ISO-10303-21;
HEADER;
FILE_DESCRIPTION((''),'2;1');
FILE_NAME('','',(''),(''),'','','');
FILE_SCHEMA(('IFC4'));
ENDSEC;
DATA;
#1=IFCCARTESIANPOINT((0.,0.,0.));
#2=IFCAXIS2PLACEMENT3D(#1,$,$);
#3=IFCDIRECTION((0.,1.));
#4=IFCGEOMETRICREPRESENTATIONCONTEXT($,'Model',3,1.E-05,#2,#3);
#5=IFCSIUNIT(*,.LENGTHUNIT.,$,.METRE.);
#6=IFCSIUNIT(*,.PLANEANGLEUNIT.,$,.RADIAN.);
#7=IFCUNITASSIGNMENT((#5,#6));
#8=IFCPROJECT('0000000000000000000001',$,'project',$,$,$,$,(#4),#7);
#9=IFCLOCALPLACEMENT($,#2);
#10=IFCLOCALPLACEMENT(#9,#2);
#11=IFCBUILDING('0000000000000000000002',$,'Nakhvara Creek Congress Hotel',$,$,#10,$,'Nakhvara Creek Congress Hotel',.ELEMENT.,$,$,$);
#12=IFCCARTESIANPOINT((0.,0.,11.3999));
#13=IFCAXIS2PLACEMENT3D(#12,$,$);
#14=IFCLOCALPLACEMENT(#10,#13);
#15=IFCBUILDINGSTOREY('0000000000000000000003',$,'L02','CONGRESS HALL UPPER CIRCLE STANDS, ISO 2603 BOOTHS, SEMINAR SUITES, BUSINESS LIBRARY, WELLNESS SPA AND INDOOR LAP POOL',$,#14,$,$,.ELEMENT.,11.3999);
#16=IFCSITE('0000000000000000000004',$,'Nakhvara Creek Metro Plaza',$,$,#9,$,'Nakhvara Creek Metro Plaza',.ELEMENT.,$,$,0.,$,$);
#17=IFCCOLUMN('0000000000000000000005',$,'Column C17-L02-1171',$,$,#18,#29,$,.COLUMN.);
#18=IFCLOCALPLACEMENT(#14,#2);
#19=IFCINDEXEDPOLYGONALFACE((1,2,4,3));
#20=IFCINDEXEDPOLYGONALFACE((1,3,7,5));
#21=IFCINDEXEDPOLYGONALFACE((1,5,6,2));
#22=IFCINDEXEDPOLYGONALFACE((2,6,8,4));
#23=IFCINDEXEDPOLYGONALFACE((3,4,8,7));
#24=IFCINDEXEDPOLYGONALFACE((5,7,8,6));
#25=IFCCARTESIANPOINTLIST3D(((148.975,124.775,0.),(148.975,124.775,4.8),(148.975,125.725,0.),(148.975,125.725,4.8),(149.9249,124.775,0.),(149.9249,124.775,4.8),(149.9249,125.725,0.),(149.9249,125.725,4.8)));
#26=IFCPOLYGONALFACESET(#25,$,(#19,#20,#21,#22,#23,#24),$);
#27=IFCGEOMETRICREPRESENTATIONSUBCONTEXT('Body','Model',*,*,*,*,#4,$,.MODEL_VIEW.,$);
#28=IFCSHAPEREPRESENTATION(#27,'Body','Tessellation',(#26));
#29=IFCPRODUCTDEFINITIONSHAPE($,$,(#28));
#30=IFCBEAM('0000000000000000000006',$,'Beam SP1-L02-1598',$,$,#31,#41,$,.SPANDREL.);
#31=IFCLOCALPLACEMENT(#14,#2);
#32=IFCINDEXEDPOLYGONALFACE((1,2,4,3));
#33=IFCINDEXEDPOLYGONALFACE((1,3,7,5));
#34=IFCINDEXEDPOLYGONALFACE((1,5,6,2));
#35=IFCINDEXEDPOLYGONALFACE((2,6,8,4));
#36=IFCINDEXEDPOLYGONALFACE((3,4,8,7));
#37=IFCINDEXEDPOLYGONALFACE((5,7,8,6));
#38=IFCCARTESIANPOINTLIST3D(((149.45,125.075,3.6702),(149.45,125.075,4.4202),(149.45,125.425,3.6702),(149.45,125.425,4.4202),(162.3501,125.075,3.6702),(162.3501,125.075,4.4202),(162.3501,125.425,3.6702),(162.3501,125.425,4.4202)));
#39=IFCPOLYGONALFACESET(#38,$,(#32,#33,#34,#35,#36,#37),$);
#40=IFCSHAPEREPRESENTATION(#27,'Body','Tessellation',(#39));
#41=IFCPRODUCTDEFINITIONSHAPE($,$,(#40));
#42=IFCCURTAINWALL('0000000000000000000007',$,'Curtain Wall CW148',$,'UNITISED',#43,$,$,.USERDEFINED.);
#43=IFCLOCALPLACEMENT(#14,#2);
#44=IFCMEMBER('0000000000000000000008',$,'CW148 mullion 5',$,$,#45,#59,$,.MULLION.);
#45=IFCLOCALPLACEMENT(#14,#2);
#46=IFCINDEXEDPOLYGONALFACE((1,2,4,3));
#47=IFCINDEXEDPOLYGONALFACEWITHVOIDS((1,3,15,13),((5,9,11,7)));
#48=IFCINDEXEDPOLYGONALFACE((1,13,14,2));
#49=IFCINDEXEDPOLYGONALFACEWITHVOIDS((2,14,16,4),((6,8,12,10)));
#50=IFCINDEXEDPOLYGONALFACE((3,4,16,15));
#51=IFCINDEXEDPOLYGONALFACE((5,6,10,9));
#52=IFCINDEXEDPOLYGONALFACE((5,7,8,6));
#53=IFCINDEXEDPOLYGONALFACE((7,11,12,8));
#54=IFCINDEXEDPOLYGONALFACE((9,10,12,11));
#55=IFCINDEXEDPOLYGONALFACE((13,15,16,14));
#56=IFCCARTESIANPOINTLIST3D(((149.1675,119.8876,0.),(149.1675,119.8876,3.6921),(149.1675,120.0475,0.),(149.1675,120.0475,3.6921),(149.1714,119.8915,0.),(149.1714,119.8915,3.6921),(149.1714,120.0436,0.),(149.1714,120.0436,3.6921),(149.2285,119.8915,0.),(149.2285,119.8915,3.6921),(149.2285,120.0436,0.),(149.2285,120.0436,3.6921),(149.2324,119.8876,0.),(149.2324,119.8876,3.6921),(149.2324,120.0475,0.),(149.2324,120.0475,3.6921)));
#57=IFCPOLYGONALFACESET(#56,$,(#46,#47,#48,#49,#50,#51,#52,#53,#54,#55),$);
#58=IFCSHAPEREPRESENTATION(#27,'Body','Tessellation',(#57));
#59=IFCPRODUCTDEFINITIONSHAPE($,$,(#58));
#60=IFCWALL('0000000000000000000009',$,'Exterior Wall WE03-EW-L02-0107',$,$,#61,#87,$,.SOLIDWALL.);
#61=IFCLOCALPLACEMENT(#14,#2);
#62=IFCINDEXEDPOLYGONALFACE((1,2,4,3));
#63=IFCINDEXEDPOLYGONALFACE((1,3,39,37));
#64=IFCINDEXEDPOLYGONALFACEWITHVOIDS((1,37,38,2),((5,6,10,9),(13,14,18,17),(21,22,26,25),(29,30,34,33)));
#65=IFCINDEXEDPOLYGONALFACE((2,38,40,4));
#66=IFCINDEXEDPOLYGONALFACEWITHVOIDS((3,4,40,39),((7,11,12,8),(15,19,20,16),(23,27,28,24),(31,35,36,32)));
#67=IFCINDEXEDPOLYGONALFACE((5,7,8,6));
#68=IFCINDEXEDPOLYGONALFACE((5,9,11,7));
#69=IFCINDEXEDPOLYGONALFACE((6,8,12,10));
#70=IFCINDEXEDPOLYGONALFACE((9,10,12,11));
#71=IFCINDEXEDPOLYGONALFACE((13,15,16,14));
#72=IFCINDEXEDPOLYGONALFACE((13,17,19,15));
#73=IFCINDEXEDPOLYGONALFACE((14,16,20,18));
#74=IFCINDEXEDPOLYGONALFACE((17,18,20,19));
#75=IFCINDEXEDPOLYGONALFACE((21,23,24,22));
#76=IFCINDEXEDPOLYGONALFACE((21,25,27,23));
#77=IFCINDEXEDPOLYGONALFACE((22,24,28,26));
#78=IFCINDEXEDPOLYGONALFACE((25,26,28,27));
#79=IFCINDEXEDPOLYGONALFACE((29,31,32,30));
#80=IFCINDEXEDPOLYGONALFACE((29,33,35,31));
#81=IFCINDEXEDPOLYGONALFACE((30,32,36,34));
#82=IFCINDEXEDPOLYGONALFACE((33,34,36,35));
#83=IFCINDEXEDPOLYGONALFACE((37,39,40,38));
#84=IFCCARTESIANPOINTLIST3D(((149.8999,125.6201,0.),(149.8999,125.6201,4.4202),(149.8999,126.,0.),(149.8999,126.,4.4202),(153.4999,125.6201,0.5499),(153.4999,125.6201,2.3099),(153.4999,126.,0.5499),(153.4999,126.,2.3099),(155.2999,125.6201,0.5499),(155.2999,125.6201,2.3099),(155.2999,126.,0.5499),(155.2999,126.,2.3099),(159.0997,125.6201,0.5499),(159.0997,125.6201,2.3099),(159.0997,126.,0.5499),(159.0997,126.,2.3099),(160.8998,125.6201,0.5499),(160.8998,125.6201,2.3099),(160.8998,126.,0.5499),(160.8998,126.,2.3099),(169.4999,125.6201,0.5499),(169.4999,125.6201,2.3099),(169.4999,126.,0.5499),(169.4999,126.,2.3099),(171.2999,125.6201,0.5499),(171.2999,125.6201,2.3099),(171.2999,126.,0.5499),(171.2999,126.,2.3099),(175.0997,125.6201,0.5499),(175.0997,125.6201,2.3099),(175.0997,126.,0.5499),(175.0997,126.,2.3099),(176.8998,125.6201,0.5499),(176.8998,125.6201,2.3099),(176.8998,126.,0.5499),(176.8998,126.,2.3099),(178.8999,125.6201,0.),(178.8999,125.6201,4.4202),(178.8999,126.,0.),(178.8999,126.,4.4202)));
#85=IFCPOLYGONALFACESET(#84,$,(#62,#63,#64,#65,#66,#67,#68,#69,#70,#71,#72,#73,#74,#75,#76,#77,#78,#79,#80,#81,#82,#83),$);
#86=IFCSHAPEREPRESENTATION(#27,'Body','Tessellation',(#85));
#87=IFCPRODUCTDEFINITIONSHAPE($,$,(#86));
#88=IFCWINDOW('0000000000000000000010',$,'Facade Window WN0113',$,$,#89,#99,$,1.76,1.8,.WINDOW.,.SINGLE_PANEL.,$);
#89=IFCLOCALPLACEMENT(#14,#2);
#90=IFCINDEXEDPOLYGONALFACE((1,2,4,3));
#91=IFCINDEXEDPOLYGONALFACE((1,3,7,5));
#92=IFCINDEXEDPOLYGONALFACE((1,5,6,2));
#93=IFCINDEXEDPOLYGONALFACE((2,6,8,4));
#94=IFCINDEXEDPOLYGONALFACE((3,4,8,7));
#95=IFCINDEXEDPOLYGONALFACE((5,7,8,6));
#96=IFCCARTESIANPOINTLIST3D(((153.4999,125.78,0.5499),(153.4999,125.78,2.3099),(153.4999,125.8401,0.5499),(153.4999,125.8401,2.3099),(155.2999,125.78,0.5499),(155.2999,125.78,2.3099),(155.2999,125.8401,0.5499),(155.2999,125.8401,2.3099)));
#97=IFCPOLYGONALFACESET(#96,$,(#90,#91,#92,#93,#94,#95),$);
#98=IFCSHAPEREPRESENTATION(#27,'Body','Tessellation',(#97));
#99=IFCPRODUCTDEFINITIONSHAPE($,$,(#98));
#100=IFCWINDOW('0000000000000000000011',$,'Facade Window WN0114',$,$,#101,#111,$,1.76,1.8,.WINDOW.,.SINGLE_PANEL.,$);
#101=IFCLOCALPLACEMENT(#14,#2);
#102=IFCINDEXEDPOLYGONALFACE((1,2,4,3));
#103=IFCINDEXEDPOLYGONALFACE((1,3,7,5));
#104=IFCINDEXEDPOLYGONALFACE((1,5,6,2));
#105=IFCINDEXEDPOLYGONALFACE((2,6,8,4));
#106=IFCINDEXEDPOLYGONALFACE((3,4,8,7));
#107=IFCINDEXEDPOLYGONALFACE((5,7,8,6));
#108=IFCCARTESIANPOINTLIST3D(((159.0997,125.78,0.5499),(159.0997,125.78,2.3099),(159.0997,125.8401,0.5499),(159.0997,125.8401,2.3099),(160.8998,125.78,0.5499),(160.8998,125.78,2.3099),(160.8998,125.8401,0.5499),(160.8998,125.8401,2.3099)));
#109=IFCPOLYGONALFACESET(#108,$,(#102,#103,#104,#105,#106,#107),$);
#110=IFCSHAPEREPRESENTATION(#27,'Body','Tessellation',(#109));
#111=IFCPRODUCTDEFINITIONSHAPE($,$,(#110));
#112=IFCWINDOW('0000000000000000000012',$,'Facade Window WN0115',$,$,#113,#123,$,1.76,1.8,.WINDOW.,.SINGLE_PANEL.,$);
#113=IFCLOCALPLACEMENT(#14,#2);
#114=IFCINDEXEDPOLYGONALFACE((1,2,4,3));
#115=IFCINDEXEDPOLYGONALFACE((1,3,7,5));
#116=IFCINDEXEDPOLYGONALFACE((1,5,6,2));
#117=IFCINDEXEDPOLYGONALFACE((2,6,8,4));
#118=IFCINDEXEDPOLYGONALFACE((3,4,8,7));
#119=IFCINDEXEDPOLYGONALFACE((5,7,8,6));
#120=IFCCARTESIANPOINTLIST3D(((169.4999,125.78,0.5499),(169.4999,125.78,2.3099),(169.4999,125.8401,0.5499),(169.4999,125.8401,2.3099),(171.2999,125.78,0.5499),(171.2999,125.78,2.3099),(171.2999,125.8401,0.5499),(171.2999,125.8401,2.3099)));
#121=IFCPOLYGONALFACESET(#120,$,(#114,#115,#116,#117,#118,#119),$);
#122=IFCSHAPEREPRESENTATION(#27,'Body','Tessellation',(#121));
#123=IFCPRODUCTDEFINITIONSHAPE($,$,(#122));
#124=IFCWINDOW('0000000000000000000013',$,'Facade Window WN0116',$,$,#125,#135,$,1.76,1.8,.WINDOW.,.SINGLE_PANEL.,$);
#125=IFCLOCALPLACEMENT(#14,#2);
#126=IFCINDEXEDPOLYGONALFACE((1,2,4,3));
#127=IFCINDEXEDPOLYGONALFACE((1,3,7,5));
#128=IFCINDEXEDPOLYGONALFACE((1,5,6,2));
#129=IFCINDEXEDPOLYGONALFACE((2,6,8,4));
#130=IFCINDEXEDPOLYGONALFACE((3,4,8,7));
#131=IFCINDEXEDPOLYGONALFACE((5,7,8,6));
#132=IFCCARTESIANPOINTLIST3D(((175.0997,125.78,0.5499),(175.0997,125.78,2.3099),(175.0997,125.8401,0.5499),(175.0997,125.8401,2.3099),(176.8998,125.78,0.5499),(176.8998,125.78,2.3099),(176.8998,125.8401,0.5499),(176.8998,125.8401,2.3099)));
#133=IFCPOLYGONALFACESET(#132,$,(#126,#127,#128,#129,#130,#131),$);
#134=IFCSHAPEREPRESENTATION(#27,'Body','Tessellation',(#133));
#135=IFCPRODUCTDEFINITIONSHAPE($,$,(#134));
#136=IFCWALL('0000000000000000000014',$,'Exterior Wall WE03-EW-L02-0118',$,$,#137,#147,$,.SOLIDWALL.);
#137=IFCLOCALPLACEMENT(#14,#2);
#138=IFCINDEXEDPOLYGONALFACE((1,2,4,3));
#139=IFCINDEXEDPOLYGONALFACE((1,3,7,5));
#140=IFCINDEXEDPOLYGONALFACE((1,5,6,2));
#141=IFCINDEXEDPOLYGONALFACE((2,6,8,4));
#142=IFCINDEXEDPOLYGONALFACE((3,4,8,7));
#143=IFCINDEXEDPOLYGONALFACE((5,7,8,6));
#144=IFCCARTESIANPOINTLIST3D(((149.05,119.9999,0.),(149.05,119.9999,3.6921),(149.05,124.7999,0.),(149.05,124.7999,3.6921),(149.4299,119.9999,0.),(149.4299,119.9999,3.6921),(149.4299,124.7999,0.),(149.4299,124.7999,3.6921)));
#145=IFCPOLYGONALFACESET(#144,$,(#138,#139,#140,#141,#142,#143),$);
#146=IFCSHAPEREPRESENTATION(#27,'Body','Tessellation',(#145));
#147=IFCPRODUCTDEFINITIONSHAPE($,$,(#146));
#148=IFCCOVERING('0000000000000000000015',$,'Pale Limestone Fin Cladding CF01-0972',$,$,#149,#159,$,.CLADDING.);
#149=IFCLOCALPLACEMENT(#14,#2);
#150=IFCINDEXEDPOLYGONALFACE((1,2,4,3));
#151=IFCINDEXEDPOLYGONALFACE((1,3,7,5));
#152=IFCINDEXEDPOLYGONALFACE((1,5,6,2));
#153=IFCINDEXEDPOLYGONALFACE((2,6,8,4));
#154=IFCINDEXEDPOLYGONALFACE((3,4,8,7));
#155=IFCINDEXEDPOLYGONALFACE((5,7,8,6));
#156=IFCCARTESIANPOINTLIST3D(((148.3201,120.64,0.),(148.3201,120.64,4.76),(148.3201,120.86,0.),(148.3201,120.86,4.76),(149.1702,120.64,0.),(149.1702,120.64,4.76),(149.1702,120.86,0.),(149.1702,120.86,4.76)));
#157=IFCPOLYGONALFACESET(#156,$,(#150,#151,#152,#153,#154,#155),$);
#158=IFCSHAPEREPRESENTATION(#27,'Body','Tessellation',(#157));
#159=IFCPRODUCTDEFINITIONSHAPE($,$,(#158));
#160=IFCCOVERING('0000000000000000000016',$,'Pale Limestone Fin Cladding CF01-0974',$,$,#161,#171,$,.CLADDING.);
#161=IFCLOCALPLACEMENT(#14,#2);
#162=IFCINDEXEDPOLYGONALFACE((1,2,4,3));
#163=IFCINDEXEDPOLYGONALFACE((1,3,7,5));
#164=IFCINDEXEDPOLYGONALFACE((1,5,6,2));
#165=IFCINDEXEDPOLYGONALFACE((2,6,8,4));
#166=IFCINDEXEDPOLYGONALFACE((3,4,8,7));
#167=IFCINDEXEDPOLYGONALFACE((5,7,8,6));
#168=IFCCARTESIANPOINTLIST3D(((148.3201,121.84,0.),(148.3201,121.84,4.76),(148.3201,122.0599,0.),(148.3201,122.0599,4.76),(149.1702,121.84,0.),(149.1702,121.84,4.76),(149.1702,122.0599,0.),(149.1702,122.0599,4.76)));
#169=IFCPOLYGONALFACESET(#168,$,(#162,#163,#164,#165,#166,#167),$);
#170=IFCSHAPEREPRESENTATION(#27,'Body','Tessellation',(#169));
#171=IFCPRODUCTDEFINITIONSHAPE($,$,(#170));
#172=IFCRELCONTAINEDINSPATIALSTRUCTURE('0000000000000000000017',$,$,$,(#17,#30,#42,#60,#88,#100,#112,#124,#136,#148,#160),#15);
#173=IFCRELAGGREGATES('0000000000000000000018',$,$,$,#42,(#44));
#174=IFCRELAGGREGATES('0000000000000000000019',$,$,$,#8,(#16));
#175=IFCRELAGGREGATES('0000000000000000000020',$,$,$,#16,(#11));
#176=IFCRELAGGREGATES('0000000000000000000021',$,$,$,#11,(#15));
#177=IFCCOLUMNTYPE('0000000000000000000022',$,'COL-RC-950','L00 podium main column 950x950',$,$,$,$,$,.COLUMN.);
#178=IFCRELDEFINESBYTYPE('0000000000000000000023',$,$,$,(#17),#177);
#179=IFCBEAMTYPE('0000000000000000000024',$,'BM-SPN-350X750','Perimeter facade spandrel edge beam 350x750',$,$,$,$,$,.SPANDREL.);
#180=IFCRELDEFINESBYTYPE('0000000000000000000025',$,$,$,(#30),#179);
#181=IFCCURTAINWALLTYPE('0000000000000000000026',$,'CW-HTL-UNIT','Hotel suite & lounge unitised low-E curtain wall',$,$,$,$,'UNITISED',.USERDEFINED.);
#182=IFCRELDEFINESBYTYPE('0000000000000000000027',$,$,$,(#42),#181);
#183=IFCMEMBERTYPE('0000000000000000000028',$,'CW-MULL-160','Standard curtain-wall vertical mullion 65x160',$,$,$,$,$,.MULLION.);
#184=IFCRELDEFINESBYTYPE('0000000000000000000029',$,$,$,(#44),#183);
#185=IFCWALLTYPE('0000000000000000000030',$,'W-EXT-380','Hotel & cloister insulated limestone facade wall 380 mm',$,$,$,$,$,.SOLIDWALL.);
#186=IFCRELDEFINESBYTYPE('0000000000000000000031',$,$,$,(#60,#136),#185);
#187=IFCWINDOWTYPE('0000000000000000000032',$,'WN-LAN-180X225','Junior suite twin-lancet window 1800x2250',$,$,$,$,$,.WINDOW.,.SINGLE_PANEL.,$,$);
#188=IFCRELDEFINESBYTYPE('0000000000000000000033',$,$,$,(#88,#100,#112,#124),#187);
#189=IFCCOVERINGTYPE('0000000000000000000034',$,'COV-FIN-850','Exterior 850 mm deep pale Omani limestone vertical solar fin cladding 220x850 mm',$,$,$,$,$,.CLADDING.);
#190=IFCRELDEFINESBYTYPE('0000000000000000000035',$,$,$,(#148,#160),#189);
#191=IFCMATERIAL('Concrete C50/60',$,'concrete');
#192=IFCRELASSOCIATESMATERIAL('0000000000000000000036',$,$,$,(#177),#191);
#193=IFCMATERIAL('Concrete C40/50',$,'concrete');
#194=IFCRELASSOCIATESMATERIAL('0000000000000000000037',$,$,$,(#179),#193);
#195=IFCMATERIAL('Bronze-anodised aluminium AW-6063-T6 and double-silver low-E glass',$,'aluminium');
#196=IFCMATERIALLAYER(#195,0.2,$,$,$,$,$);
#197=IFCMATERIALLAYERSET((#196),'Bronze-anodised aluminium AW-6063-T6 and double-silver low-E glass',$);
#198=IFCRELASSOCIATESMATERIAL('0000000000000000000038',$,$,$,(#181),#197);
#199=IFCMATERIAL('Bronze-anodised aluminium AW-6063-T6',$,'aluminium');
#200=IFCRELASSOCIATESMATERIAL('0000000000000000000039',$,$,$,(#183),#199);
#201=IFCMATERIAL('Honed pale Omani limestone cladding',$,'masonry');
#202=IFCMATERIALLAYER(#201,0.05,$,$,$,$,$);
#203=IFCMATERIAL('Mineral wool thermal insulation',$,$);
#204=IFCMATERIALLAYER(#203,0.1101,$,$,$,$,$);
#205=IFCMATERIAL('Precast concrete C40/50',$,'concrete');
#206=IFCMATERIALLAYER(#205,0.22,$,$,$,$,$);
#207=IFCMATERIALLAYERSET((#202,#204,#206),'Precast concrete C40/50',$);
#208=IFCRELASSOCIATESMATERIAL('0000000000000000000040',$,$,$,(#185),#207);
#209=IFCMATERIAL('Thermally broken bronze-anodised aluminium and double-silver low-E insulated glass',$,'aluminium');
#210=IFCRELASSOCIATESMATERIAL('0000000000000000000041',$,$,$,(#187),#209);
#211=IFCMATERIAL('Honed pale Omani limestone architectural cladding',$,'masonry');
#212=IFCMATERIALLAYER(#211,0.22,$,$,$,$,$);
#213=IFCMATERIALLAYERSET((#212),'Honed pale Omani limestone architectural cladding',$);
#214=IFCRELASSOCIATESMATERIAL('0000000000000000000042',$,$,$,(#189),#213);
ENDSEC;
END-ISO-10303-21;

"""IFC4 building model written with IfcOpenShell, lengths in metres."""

from ifc_helpers import new_model, si_unit, direction, frame, frame_2d, origin, origin_2d, place, context, subcontext, project, spatial, rectangle, hollow_rectangle, extrude, material, layer, layer_set, material_profile, profile_set, type_object, element, fill, aggregate, save


model = new_model("IFC4")

# Units and contexts
model_context = context("Model", 3, precision=1e-05, world=origin(), true_north=direction((0.0, 1.0)))
body_context = subcontext(model_context, "Body", "Model", "MODEL_VIEW")
ifc_project = project(units=[si_unit("LENGTHUNIT", "METRE"), si_unit("PLANEANGLEUNIT", "RADIAN")], contexts=[model_context])

# Site, building, storey
site_placement = place(None, origin())
site = spatial("IfcSite", under=ifc_project, at=site_placement, Name="Nakhvara Creek Metro Plaza", LongName="Nakhvara Creek Metro Plaza", CompositionType="ELEMENT", RefElevation=0.0)
building_placement = place(site_placement, origin())
building = spatial("IfcBuilding", under=site, at=building_placement, Name="Nakhvara Creek Congress Hotel", LongName="Nakhvara Creek Congress Hotel", CompositionType="ELEMENT")
storey_placement = place(building_placement, frame((0.0, 0.0, 11.3999)))
storey = spatial("IfcBuildingStorey", under=building, at=storey_placement, Name="L02", Description="CONGRESS HALL UPPER CIRCLE STANDS, ISO 2603 BOOTHS, SEMINAR SUITES, BUSINESS LIBRARY, WELLNESS SPA AND INDOOR LAP POOL", CompositionType="ELEMENT", Elevation=11.3999)

# Column
ifc_material_1 = material(Name="Concrete C50/60", Category="concrete")
ifc_material_profile_1 = material_profile(ifc_material_1, rectangle(XDim=0.95, YDim=0.95, at=origin_2d()), Name="RC-COL 950x950", Category="LoadBearing")
ifc_profile_set_1 = profile_set([ifc_material_profile_1], Name="Concrete C50/60")
column_type = type_object("IfcColumnType", Name="COL-RC-950", Description="L00 podium main column 950x950", PredefinedType="COLUMN", material=ifc_profile_set_1)
column_placement = place(storey_placement, frame((149.45, 125.25, 0.0), z_axis=(0.0, 0.0, 1.0), x_axis=(1.0, 0.0, 0.0)))
element("IfcColumn", 1, at=column_placement, inside=storey, type_object=column_type, Name="Column C17-L02-1171", PredefinedType="COLUMN", context=body_context, shape_type="SweptSolid", body=[
    extrude(rectangle(XDim=0.95, YDim=0.95, at=origin_2d()), origin(), (0.0, 0.0, 1.0), 4.8),
])

# Beam
ifc_material_2 = material(Name="Concrete C40/50", Category="concrete")
ifc_material_profile_2 = material_profile(ifc_material_2, rectangle(XDim=0.3501, YDim=0.75, at=origin_2d()), Name="RC-SPANDREL 350x750", Category="LoadBearing")
ifc_profile_set_2 = profile_set([ifc_material_profile_2], Name="Concrete C40/50")
beam_type = type_object("IfcBeamType", Name="BM-SPN-350X750", Description="Perimeter facade spandrel edge beam 350x750", PredefinedType="SPANDREL", material=ifc_profile_set_2)
beam_placement = place(storey_placement, frame((149.45, 125.25, 4.0452), z_axis=(1.0, 0.0, 0.0), x_axis=(0.0, 1.0, 0.0)))
element("IfcBeam", 2, at=beam_placement, inside=storey, type_object=beam_type, Name="Beam SP1-L02-1598", PredefinedType="SPANDREL", context=body_context, shape_type="SweptSolid", body=[
    extrude(rectangle(XDim=0.3501, YDim=0.75, at=origin_2d()), origin(), (0.0, 0.0, 1.0), 12.9001),
])

# Curtain wall, member
ifc_material_3 = material(Name="Bronze-anodised aluminium AW-6063-T6 and double-silver low-E glass", Category="aluminium")
ifc_layer_1 = layer(ifc_material_3, 0.2)
ifc_layer_set_1 = layer_set([ifc_layer_1], Name="Bronze-anodised aluminium AW-6063-T6 and double-silver low-E glass")
curtain_wall_type = type_object("IfcCurtainWallType", Name="CW-HTL-UNIT", Description="Hotel suite & lounge unitised low-E curtain wall", ElementType="UNITISED", PredefinedType="USERDEFINED", material=ifc_layer_set_1)
curtain_wall_placement = place(storey_placement, origin())
curtain_wall = element("IfcCurtainWall", 3, at=curtain_wall_placement, inside=storey, type_object=curtain_wall_type, Name="Curtain Wall CW148", ObjectType="UNITISED", PredefinedType="USERDEFINED")
ifc_material_4 = material(Name="Bronze-anodised aluminium AW-6063-T6", Category="aluminium")
ifc_material_profile_3 = material_profile(ifc_material_4, hollow_rectangle(XDim=0.0649, YDim=0.1599, WallThickness=0.0039, at=origin_2d()), Name="ALU-MULL 65x160x4", Category="LoadBearing")
ifc_profile_set_3 = profile_set([ifc_material_profile_3], Name="Bronze-anodised aluminium AW-6063-T6")
member_type = type_object("IfcMemberType", Name="CW-MULL-160", Description="Standard curtain-wall vertical mullion 65x160", PredefinedType="MULLION", material=ifc_profile_set_3)
member_placement = place(storey_placement, frame((149.2, 119.9675, 0.0), z_axis=(0.0, 0.0, 1.0), x_axis=(-1.0, 0.0, 0.0)))
member = element("IfcMember", 4, at=member_placement, type_object=member_type, Name="CW148 mullion 5", PredefinedType="MULLION", context=body_context, shape_type="SweptSolid", body=[
    extrude(hollow_rectangle(XDim=0.0649, YDim=0.1599, WallThickness=0.0039, at=origin_2d()), origin(), (0.0, 0.0, 1.0), 3.6921),
])
aggregate(curtain_wall, [member])

# Wall, openings, windows
ifc_material_5 = material(Name="Honed pale Omani limestone cladding", Category="masonry")
ifc_layer_2 = layer(ifc_material_5, 0.05)
ifc_material_6 = material(Name="Mineral wool thermal insulation")
ifc_layer_3 = layer(ifc_material_6, 0.1101)
ifc_material_7 = material(Name="Precast concrete C40/50", Category="concrete")
ifc_layer_4 = layer(ifc_material_7, 0.22)
ifc_layer_set_2 = layer_set([ifc_layer_2, ifc_layer_3, ifc_layer_4], Name="Precast concrete C40/50")
wall_type = type_object("IfcWallType", Name="W-EXT-380", Description="Hotel & cloister insulated limestone facade wall 380 mm", PredefinedType="SOLIDWALL", material=ifc_layer_set_2)
wall_1_placement = place(storey_placement, frame((149.8999, 125.8101, 0.0), z_axis=(0.0, 0.0, 1.0), x_axis=(1.0, 0.0, 0.0)))
wall_1 = element("IfcWall", 5, at=wall_1_placement, inside=storey, type_object=wall_type, Name="Exterior Wall WE03-EW-L02-0107", PredefinedType="SOLIDWALL", context=body_context, shape_type="SweptSolid", body=[
    extrude(rectangle(XDim=29.0, YDim=0.3799, at=frame_2d((14.5, 0.0))), origin(), (0.0, 0.0, 1.0), 4.4202),
])
opening_1_placement = place(wall_1_placement, frame((3.6001, 0.0, 0.55)))
opening_1 = element("IfcOpeningElement", 6, at=opening_1_placement, cuts=wall_1, PredefinedType="OPENING", context=body_context, shape_type="SweptSolid", body=[
    extrude(rectangle(XDim=1.8, YDim=1.76, at=frame_2d((0.8999, 0.8799))), frame((0.0, 0.2019, 0.0), z_axis=(0.0, -1.0, 0.0), x_axis=(1.0, 0.0, 0.0)), (0.0, 0.0, 1.0), 0.4038),
])
opening_2_placement = place(wall_1_placement, frame((9.2, 0.0, 0.55)))
opening_2 = element("IfcOpeningElement", 7, at=opening_2_placement, cuts=wall_1, PredefinedType="OPENING", context=body_context, shape_type="SweptSolid", body=[
    extrude(rectangle(XDim=1.8, YDim=1.76, at=frame_2d((0.8999, 0.8799))), frame((0.0, 0.2019, 0.0), z_axis=(0.0, -1.0, 0.0), x_axis=(1.0, 0.0, 0.0)), (0.0, 0.0, 1.0), 0.4038),
])
opening_3_placement = place(wall_1_placement, frame((19.6001, 0.0, 0.55)))
opening_3 = element("IfcOpeningElement", 8, at=opening_3_placement, cuts=wall_1, PredefinedType="OPENING", context=body_context, shape_type="SweptSolid", body=[
    extrude(rectangle(XDim=1.8, YDim=1.76, at=frame_2d((0.8999, 0.8799))), frame((0.0, 0.2019, 0.0), z_axis=(0.0, -1.0, 0.0), x_axis=(1.0, 0.0, 0.0)), (0.0, 0.0, 1.0), 0.4038),
])
opening_4_placement = place(wall_1_placement, frame((25.2, 0.0, 0.55)))
opening_4 = element("IfcOpeningElement", 9, at=opening_4_placement, cuts=wall_1, PredefinedType="OPENING", context=body_context, shape_type="SweptSolid", body=[
    extrude(rectangle(XDim=1.8, YDim=1.76, at=frame_2d((0.8999, 0.8799))), frame((0.0, 0.2019, 0.0), z_axis=(0.0, -1.0, 0.0), x_axis=(1.0, 0.0, 0.0)), (0.0, 0.0, 1.0), 0.4038),
])
ifc_material_8 = material(Name="Thermally broken bronze-anodised aluminium and double-silver low-E insulated glass", Category="aluminium")
window_type = type_object("IfcWindowType", Name="WN-LAN-180X225", Description="Junior suite twin-lancet window 1800x2250", PartitioningType="SINGLE_PANEL", PredefinedType="WINDOW", material=ifc_material_8)
window_1_placement = place(opening_1_placement, origin())
window_1 = element("IfcWindow", 10, at=window_1_placement, inside=storey, type_object=window_type, Name="Facade Window WN0113", OverallHeight=1.76, OverallWidth=1.8, PartitioningType="SINGLE_PANEL", PredefinedType="WINDOW", context=body_context, shape_type="SweptSolid", body=[
    extrude(rectangle(XDim=1.8, YDim=1.76, at=frame_2d((0.8999, 0.8799))), frame((0.0, 0.03, 0.0), z_axis=(0.0, -1.0, 0.0), x_axis=(1.0, 0.0, 0.0)), (0.0, 0.0, 1.0), 0.0601),
])
fill(opening_1, window_1)
window_2_placement = place(opening_2_placement, origin())
window_2 = element("IfcWindow", 11, at=window_2_placement, inside=storey, type_object=window_type, Name="Facade Window WN0114", OverallHeight=1.76, OverallWidth=1.8, PartitioningType="SINGLE_PANEL", PredefinedType="WINDOW", context=body_context, shape_type="SweptSolid", body=[
    extrude(rectangle(XDim=1.8, YDim=1.76, at=frame_2d((0.8999, 0.8799))), frame((0.0, 0.03, 0.0), z_axis=(0.0, -1.0, 0.0), x_axis=(1.0, 0.0, 0.0)), (0.0, 0.0, 1.0), 0.0601),
])
fill(opening_2, window_2)
window_3_placement = place(opening_3_placement, origin())
window_3 = element("IfcWindow", 12, at=window_3_placement, inside=storey, type_object=window_type, Name="Facade Window WN0115", OverallHeight=1.76, OverallWidth=1.8, PartitioningType="SINGLE_PANEL", PredefinedType="WINDOW", context=body_context, shape_type="SweptSolid", body=[
    extrude(rectangle(XDim=1.8, YDim=1.76, at=frame_2d((0.8999, 0.8799))), frame((0.0, 0.03, 0.0), z_axis=(0.0, -1.0, 0.0), x_axis=(1.0, 0.0, 0.0)), (0.0, 0.0, 1.0), 0.0601),
])
fill(opening_3, window_3)
window_4_placement = place(opening_4_placement, origin())
window_4 = element("IfcWindow", 13, at=window_4_placement, inside=storey, type_object=window_type, Name="Facade Window WN0116", OverallHeight=1.76, OverallWidth=1.8, PartitioningType="SINGLE_PANEL", PredefinedType="WINDOW", context=body_context, shape_type="SweptSolid", body=[
    extrude(rectangle(XDim=1.8, YDim=1.76, at=frame_2d((0.8999, 0.8799))), frame((0.0, 0.03, 0.0), z_axis=(0.0, -1.0, 0.0), x_axis=(1.0, 0.0, 0.0)), (0.0, 0.0, 1.0), 0.0601),
])
fill(opening_4, window_4)

# Wall
wall_2_placement = place(storey_placement, frame((149.24, 120.0, 0.0), z_axis=(0.0, 0.0, 1.0), x_axis=(0.0, 1.0, 0.0)))
element("IfcWall", 14, at=wall_2_placement, inside=storey, type_object=wall_type, Name="Exterior Wall WE03-EW-L02-0118", PredefinedType="SOLIDWALL", context=body_context, shape_type="SweptSolid", body=[
    extrude(rectangle(XDim=4.8, YDim=0.3799, at=frame_2d((2.3999, 0.0))), origin(), (0.0, 0.0, 1.0), 3.6921),
])

# Coverings
ifc_material_9 = material(Name="Honed pale Omani limestone architectural cladding", Category="masonry")
ifc_layer_5 = layer(ifc_material_9, 0.22)
ifc_layer_set_3 = layer_set([ifc_layer_5], Name="Honed pale Omani limestone architectural cladding")
covering_type = type_object("IfcCoveringType", Name="COV-FIN-850", Description="Exterior 850 mm deep pale Omani limestone vertical solar fin cladding 220x850 mm", PredefinedType="CLADDING", material=ifc_layer_set_3)
for number, where, z_axis, x_axis, name in (
    (15, (148.7451, 120.75, 0.0), (0.0, 0.0, 1.0), (0.0, 1.0, 0.0), "Pale Limestone Fin Cladding CF01-0972"),
    (16, (148.7451, 121.95, 0.0), (0.0, 0.0, 1.0), (0.0, 1.0, 0.0), "Pale Limestone Fin Cladding CF01-0974"),
):
    element("IfcCovering", number, at=place(storey_placement, frame(where, z_axis=z_axis, x_axis=x_axis)), inside=storey, type_object=covering_type, Name=name, PredefinedType="CLADDING", context=body_context, shape_type="SweptSolid", body=[
        extrude(rectangle(XDim=0.22, YDim=0.8501, at=origin_2d()), origin(), (0.0, 0.0, 1.0), 4.76),
    ])

save(model, "model.ifc")
